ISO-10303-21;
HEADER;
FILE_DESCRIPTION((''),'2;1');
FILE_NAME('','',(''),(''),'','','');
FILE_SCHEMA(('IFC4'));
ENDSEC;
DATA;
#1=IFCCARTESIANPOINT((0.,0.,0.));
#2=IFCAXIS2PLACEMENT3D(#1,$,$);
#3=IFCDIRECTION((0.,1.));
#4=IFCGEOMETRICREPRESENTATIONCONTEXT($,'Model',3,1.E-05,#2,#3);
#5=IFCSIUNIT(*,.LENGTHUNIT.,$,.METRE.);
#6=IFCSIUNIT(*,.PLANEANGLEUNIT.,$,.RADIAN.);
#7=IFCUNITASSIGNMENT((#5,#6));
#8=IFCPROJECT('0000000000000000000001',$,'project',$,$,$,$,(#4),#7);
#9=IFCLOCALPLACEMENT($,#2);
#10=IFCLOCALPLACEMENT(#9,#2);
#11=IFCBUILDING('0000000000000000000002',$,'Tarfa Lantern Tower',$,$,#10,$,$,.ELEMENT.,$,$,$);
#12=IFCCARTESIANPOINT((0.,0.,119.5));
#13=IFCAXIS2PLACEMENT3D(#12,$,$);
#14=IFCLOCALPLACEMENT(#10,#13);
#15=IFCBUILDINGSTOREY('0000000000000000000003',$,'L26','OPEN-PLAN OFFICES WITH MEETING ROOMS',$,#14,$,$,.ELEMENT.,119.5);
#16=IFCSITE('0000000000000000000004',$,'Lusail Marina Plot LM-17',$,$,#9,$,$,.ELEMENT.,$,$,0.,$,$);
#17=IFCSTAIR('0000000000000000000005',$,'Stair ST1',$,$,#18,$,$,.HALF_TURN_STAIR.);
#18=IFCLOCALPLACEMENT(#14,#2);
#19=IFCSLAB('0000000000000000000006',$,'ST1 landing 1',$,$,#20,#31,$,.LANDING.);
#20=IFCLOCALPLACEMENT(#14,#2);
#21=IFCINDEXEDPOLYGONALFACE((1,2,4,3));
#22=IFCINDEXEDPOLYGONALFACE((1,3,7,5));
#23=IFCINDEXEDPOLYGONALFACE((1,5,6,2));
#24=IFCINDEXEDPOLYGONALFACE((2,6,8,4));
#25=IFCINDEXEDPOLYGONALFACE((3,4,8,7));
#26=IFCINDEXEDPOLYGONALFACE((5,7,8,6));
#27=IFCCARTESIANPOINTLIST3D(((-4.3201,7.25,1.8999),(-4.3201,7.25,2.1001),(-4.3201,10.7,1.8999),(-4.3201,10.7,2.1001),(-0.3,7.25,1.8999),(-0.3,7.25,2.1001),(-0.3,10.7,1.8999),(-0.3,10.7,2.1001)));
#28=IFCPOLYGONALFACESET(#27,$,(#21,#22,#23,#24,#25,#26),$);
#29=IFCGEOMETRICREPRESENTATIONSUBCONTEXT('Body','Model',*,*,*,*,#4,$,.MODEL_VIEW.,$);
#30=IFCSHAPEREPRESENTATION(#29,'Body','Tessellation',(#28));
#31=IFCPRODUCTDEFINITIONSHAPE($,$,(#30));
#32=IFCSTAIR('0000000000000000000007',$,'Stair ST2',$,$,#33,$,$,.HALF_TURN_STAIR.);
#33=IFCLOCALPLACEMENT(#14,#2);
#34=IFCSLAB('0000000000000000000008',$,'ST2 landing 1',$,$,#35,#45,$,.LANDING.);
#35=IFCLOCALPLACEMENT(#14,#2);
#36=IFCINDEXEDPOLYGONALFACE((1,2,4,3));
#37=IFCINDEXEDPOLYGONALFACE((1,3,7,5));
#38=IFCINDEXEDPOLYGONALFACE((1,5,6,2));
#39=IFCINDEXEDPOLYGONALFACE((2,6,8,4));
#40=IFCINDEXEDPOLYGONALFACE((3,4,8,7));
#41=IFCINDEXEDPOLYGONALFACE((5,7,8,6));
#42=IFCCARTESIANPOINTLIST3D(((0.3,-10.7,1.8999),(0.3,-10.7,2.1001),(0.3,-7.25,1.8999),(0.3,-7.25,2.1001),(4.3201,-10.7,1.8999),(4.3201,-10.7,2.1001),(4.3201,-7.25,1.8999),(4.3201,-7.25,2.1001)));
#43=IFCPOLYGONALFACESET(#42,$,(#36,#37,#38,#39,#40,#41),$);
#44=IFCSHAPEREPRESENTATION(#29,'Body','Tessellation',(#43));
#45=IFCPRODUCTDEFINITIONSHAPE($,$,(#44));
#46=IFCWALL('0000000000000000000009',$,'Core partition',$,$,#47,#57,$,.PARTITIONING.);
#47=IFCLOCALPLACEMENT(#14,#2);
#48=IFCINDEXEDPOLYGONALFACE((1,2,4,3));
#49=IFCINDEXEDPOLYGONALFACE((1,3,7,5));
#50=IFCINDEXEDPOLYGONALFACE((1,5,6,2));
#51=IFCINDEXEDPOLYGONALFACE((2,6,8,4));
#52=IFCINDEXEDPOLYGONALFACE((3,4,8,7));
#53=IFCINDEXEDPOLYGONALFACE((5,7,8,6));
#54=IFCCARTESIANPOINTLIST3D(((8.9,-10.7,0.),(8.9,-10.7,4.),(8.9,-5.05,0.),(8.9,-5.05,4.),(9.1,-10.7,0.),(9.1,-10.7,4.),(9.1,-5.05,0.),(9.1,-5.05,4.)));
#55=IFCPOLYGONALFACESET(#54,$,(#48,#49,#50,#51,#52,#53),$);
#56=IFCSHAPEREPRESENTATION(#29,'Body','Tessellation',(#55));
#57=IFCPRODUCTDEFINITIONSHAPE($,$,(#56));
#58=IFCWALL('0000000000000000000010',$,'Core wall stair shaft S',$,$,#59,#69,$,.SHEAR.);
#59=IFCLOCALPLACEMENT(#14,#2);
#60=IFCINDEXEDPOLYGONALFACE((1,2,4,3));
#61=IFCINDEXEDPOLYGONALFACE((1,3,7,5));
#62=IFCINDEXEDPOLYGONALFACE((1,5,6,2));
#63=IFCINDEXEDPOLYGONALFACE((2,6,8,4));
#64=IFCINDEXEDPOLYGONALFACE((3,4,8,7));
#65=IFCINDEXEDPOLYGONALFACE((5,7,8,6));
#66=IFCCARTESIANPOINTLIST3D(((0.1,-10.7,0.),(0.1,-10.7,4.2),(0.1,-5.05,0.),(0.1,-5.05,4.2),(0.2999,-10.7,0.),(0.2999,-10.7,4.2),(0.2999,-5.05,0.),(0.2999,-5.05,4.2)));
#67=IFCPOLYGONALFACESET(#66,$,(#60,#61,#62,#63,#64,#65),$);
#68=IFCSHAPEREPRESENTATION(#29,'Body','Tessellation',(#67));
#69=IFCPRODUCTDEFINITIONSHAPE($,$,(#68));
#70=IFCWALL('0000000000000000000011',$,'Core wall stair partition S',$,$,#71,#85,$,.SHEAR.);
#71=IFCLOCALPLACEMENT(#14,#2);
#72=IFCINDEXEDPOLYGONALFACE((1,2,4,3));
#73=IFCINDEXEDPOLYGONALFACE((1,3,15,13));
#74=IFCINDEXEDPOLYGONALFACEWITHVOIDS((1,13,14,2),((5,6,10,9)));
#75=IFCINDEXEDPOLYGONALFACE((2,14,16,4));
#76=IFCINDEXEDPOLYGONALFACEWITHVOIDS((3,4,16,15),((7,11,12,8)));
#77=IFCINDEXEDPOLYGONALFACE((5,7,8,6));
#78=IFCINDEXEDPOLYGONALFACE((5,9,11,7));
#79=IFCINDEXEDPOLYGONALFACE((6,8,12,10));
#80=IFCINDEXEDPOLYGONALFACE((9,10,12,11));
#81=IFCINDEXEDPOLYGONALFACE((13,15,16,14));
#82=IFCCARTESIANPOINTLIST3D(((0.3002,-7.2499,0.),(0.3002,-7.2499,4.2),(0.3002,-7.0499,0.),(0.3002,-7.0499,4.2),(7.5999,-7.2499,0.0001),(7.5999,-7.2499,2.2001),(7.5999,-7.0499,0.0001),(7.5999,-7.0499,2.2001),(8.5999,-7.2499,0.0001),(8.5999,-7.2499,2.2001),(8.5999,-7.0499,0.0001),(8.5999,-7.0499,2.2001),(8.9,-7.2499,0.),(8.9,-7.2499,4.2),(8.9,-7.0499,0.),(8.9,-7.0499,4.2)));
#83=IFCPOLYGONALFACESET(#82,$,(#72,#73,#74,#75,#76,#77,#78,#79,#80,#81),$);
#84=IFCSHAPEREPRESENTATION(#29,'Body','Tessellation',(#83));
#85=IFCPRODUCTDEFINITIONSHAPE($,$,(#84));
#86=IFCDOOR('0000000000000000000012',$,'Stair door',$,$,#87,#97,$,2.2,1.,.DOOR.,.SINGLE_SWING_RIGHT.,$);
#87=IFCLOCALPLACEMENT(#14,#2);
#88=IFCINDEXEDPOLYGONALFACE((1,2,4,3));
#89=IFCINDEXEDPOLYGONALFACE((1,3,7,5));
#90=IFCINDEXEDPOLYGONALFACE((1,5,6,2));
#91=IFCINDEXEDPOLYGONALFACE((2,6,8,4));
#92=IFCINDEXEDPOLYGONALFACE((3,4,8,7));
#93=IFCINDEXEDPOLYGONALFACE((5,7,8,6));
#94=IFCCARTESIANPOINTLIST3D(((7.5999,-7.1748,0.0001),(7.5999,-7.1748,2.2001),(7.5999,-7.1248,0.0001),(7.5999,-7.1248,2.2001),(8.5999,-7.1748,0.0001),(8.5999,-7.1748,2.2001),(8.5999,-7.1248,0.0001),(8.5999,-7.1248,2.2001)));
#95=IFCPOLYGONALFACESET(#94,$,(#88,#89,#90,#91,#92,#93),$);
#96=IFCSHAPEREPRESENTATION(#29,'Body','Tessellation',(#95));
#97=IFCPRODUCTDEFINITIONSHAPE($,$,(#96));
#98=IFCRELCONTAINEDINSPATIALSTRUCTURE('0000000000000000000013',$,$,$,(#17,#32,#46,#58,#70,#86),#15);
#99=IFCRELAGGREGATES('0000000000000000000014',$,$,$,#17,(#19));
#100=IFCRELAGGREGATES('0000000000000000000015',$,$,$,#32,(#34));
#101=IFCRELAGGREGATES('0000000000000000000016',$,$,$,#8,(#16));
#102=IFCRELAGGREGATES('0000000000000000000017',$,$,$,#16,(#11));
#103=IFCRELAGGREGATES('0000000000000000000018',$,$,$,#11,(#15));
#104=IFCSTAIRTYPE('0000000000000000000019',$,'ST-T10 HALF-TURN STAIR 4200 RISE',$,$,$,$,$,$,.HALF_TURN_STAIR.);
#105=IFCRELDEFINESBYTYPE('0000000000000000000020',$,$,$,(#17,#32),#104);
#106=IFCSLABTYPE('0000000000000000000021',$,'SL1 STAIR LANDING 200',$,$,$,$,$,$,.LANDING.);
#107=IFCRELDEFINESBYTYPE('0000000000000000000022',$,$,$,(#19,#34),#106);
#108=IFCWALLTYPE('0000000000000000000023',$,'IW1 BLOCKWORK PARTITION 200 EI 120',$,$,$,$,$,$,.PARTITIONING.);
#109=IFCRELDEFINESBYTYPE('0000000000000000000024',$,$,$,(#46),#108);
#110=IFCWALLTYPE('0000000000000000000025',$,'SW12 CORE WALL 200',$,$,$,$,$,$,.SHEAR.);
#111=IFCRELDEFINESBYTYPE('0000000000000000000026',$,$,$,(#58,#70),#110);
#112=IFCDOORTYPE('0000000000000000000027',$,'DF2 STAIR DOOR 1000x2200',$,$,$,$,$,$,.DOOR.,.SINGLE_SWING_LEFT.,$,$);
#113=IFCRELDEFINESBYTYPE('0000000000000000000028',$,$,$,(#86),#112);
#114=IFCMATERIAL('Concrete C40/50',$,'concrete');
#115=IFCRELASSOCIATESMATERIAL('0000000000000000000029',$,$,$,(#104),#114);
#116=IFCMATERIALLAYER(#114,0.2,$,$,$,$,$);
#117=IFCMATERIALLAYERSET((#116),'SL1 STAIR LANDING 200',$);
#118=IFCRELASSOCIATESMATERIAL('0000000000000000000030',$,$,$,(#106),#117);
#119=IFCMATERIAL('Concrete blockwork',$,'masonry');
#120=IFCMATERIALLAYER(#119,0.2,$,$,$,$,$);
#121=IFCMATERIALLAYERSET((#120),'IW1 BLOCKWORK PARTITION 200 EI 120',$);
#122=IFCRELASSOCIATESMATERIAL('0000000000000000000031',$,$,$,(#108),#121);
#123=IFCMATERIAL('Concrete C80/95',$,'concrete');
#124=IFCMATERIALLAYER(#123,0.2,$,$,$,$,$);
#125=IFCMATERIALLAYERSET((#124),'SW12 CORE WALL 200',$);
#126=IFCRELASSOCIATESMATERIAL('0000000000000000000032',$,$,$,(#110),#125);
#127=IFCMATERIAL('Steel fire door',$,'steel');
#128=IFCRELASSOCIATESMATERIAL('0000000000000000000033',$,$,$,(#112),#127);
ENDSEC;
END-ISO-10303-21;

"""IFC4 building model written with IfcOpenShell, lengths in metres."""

from ifc_helpers import new_model, si_unit, direction, frame, frame_2d, origin, place, context, subcontext, project, spatial, polyline, rectangle, outline, extrude, material, layer, layer_set, type_object, element, fill, aggregate, save


model = new_model("IFC4")

# Units and contexts
model_context = context("Model", 3, precision=1e-05, world=origin(), true_north=direction((0.0, 1.0)))
body_context = subcontext(model_context, "Body", "Model", "MODEL_VIEW")
ifc_project = project(units=[si_unit("LENGTHUNIT", "METRE"), si_unit("PLANEANGLEUNIT", "RADIAN")], contexts=[model_context])

# Site, building, storey
site_placement = place(None, origin())
site = spatial("IfcSite", under=ifc_project, at=site_placement, Name="Lusail Marina Plot LM-17", CompositionType="ELEMENT", RefElevation=0.0)
building_placement = place(site_placement, origin())
building = spatial("IfcBuilding", under=site, at=building_placement, Name="Tarfa Lantern Tower", CompositionType="ELEMENT")
storey_placement = place(building_placement, frame((0.0, 0.0, 119.5)))
storey = spatial("IfcBuildingStorey", under=building, at=storey_placement, Name="L26", Description="OPEN-PLAN OFFICES WITH MEETING ROOMS", CompositionType="ELEMENT", Elevation=119.5)

# Stairs, slabs
ifc_material_1 = material(Name="Concrete C40/50", Category="concrete")
stair_type = type_object("IfcStairType", Name="ST-T10 HALF-TURN STAIR 4200 RISE", PredefinedType="HALF_TURN_STAIR", material=ifc_material_1)
stair_1_placement = place(storey_placement, origin())
stair_1 = element("IfcStair", 1, at=stair_1_placement, inside=storey, type_object=stair_type, Name="Stair ST1", PredefinedType="HALF_TURN_STAIR")
ifc_layer_1 = layer(ifc_material_1, 0.2)
ifc_layer_set_1 = layer_set([ifc_layer_1], Name="SL1 STAIR LANDING 200")
slab_type = type_object("IfcSlabType", Name="SL1 STAIR LANDING 200", PredefinedType="LANDING", material=ifc_layer_set_1)
slab_1_placement = place(storey_placement, frame((0.0, 0.0, 1.8999)))
slab_1 = element("IfcSlab", 2, at=slab_1_placement, type_object=slab_type, Name="ST1 landing 1", PredefinedType="LANDING", context=body_context, shape_type="SweptSolid", body=[
    extrude(outline(polyline([(-4.3201, 7.25), (-0.3, 7.25), (-0.3, 10.7), (-4.3201, 10.7), (-4.3201, 7.25)])), origin(), (0.0, 0.0, 1.0), 0.2002),
])
aggregate(stair_1, [slab_1])
stair_2_placement = place(storey_placement, origin())
stair_2 = element("IfcStair", 3, at=stair_2_placement, inside=storey, type_object=stair_type, Name="Stair ST2", PredefinedType="HALF_TURN_STAIR")
slab_2_placement = place(storey_placement, frame((0.0, 0.0, 1.8999)))
slab_2 = element("IfcSlab", 4, at=slab_2_placement, type_object=slab_type, Name="ST2 landing 1", PredefinedType="LANDING", context=body_context, shape_type="SweptSolid", body=[
    extrude(outline(polyline([(4.3201, -7.25), (0.3, -7.25), (0.3, -10.7), (4.3201, -10.7), (4.3201, -7.25)])), origin(), (0.0, 0.0, 1.0), 0.2002),
])
aggregate(stair_2, [slab_2])

# Walls
ifc_material_2 = material(Name="Concrete blockwork", Category="masonry")
ifc_layer_2 = layer(ifc_material_2, 0.2)
ifc_layer_set_2 = layer_set([ifc_layer_2], Name="IW1 BLOCKWORK PARTITION 200 EI 120")
wall_type_1 = type_object("IfcWallType", Name="IW1 BLOCKWORK PARTITION 200 EI 120", PredefinedType="PARTITIONING", material=ifc_layer_set_2)
wall_1_placement = place(storey_placement, frame((9.0, -5.05, 0.0), z_axis=(0.0, 0.0, 1.0), x_axis=(0.0, -1.0, 0.0)))
element("IfcWall", 5, at=wall_1_placement, inside=storey, type_object=wall_type_1, Name="Core partition", PredefinedType="PARTITIONING", context=body_context, shape_type="SweptSolid", body=[
    extrude(rectangle(XDim=5.6499, YDim=0.2, at=frame_2d((2.825, 0.0))), origin(), (0.0, 0.0, 1.0), 4.0),
])
ifc_material_3 = material(Name="Concrete C80/95", Category="concrete")
ifc_layer_3 = layer(ifc_material_3, 0.2)
ifc_layer_set_3 = layer_set([ifc_layer_3], Name="SW12 CORE WALL 200")
wall_type_2 = type_object("IfcWallType", Name="SW12 CORE WALL 200", PredefinedType="SHEAR", material=ifc_layer_set_3)
wall_2_placement = place(storey_placement, frame((0.2, -5.05, 0.0), z_axis=(0.0, 0.0, 1.0), x_axis=(0.0, -1.0, 0.0)))
element("IfcWall", 6, at=wall_2_placement, inside=storey, type_object=wall_type_2, Name="Core wall stair shaft S", PredefinedType="SHEAR", context=body_context, shape_type="SweptSolid", body=[
    extrude(rectangle(XDim=5.6499, YDim=0.2, at=frame_2d((2.825, 0.0))), origin(), (0.0, 0.0, 1.0), 4.2),
])

# Wall, opening, door
wall_3_placement = place(storey_placement, frame((8.8999, -7.1499, 0.0), z_axis=(0.0, 0.0, 1.0), x_axis=(-1.0, 0.0, 0.0)))
wall_3 = element("IfcWall", 7, at=wall_3_placement, inside=storey, type_object=wall_type_2, Name="Core wall stair partition S", PredefinedType="SHEAR", context=body_context, shape_type="SweptSolid", body=[
    extrude(rectangle(XDim=8.5999, YDim=0.2, at=frame_2d((4.2998, 0.0))), origin(), (0.0, 0.0, 1.0), 4.2),
])
opening_1_placement = place(wall_3_placement, frame((0.3, 0.0, 0.0)))
opening_1 = element("IfcOpeningElement", 8, at=opening_1_placement, cuts=wall_3, PredefinedType="OPENING", context=body_context, shape_type="SweptSolid", body=[
    extrude(rectangle(XDim=1.0, YDim=2.2, at=frame_2d((0.5, 1.1001))), frame((0.0, 0.1099, 0.0), z_axis=(0.0, -1.0, 0.0), x_axis=(1.0, 0.0, 0.0)), (0.0, 0.0, 1.0), 0.22),
])
ifc_material_4 = material(Name="Steel fire door", Category="steel")
door_type_1 = type_object("IfcDoorType", Name="DF2 STAIR DOOR 1000x2200", OperationType="SINGLE_SWING_LEFT", PredefinedType="DOOR", material=ifc_material_4)
door_1_placement = place(opening_1_placement, origin())
door_1 = element("IfcDoor", 9, at=door_1_placement, inside=storey, type_object=door_type_1, Name="Stair door", OperationType="SINGLE_SWING_RIGHT", OverallHeight=2.2, OverallWidth=1.0, PredefinedType="DOOR", context=body_context, shape_type="SweptSolid", body=[
    extrude(rectangle(XDim=1.0, YDim=2.2, at=frame_2d((0.5, 1.1001))), frame((0.0, 0.0249, 0.0), z_axis=(0.0, -1.0, 0.0), x_axis=(1.0, 0.0, 0.0)), (0.0, 0.0, 1.0), 0.05),
])
fill(opening_1, door_1)

save(model, "model.ifc")
